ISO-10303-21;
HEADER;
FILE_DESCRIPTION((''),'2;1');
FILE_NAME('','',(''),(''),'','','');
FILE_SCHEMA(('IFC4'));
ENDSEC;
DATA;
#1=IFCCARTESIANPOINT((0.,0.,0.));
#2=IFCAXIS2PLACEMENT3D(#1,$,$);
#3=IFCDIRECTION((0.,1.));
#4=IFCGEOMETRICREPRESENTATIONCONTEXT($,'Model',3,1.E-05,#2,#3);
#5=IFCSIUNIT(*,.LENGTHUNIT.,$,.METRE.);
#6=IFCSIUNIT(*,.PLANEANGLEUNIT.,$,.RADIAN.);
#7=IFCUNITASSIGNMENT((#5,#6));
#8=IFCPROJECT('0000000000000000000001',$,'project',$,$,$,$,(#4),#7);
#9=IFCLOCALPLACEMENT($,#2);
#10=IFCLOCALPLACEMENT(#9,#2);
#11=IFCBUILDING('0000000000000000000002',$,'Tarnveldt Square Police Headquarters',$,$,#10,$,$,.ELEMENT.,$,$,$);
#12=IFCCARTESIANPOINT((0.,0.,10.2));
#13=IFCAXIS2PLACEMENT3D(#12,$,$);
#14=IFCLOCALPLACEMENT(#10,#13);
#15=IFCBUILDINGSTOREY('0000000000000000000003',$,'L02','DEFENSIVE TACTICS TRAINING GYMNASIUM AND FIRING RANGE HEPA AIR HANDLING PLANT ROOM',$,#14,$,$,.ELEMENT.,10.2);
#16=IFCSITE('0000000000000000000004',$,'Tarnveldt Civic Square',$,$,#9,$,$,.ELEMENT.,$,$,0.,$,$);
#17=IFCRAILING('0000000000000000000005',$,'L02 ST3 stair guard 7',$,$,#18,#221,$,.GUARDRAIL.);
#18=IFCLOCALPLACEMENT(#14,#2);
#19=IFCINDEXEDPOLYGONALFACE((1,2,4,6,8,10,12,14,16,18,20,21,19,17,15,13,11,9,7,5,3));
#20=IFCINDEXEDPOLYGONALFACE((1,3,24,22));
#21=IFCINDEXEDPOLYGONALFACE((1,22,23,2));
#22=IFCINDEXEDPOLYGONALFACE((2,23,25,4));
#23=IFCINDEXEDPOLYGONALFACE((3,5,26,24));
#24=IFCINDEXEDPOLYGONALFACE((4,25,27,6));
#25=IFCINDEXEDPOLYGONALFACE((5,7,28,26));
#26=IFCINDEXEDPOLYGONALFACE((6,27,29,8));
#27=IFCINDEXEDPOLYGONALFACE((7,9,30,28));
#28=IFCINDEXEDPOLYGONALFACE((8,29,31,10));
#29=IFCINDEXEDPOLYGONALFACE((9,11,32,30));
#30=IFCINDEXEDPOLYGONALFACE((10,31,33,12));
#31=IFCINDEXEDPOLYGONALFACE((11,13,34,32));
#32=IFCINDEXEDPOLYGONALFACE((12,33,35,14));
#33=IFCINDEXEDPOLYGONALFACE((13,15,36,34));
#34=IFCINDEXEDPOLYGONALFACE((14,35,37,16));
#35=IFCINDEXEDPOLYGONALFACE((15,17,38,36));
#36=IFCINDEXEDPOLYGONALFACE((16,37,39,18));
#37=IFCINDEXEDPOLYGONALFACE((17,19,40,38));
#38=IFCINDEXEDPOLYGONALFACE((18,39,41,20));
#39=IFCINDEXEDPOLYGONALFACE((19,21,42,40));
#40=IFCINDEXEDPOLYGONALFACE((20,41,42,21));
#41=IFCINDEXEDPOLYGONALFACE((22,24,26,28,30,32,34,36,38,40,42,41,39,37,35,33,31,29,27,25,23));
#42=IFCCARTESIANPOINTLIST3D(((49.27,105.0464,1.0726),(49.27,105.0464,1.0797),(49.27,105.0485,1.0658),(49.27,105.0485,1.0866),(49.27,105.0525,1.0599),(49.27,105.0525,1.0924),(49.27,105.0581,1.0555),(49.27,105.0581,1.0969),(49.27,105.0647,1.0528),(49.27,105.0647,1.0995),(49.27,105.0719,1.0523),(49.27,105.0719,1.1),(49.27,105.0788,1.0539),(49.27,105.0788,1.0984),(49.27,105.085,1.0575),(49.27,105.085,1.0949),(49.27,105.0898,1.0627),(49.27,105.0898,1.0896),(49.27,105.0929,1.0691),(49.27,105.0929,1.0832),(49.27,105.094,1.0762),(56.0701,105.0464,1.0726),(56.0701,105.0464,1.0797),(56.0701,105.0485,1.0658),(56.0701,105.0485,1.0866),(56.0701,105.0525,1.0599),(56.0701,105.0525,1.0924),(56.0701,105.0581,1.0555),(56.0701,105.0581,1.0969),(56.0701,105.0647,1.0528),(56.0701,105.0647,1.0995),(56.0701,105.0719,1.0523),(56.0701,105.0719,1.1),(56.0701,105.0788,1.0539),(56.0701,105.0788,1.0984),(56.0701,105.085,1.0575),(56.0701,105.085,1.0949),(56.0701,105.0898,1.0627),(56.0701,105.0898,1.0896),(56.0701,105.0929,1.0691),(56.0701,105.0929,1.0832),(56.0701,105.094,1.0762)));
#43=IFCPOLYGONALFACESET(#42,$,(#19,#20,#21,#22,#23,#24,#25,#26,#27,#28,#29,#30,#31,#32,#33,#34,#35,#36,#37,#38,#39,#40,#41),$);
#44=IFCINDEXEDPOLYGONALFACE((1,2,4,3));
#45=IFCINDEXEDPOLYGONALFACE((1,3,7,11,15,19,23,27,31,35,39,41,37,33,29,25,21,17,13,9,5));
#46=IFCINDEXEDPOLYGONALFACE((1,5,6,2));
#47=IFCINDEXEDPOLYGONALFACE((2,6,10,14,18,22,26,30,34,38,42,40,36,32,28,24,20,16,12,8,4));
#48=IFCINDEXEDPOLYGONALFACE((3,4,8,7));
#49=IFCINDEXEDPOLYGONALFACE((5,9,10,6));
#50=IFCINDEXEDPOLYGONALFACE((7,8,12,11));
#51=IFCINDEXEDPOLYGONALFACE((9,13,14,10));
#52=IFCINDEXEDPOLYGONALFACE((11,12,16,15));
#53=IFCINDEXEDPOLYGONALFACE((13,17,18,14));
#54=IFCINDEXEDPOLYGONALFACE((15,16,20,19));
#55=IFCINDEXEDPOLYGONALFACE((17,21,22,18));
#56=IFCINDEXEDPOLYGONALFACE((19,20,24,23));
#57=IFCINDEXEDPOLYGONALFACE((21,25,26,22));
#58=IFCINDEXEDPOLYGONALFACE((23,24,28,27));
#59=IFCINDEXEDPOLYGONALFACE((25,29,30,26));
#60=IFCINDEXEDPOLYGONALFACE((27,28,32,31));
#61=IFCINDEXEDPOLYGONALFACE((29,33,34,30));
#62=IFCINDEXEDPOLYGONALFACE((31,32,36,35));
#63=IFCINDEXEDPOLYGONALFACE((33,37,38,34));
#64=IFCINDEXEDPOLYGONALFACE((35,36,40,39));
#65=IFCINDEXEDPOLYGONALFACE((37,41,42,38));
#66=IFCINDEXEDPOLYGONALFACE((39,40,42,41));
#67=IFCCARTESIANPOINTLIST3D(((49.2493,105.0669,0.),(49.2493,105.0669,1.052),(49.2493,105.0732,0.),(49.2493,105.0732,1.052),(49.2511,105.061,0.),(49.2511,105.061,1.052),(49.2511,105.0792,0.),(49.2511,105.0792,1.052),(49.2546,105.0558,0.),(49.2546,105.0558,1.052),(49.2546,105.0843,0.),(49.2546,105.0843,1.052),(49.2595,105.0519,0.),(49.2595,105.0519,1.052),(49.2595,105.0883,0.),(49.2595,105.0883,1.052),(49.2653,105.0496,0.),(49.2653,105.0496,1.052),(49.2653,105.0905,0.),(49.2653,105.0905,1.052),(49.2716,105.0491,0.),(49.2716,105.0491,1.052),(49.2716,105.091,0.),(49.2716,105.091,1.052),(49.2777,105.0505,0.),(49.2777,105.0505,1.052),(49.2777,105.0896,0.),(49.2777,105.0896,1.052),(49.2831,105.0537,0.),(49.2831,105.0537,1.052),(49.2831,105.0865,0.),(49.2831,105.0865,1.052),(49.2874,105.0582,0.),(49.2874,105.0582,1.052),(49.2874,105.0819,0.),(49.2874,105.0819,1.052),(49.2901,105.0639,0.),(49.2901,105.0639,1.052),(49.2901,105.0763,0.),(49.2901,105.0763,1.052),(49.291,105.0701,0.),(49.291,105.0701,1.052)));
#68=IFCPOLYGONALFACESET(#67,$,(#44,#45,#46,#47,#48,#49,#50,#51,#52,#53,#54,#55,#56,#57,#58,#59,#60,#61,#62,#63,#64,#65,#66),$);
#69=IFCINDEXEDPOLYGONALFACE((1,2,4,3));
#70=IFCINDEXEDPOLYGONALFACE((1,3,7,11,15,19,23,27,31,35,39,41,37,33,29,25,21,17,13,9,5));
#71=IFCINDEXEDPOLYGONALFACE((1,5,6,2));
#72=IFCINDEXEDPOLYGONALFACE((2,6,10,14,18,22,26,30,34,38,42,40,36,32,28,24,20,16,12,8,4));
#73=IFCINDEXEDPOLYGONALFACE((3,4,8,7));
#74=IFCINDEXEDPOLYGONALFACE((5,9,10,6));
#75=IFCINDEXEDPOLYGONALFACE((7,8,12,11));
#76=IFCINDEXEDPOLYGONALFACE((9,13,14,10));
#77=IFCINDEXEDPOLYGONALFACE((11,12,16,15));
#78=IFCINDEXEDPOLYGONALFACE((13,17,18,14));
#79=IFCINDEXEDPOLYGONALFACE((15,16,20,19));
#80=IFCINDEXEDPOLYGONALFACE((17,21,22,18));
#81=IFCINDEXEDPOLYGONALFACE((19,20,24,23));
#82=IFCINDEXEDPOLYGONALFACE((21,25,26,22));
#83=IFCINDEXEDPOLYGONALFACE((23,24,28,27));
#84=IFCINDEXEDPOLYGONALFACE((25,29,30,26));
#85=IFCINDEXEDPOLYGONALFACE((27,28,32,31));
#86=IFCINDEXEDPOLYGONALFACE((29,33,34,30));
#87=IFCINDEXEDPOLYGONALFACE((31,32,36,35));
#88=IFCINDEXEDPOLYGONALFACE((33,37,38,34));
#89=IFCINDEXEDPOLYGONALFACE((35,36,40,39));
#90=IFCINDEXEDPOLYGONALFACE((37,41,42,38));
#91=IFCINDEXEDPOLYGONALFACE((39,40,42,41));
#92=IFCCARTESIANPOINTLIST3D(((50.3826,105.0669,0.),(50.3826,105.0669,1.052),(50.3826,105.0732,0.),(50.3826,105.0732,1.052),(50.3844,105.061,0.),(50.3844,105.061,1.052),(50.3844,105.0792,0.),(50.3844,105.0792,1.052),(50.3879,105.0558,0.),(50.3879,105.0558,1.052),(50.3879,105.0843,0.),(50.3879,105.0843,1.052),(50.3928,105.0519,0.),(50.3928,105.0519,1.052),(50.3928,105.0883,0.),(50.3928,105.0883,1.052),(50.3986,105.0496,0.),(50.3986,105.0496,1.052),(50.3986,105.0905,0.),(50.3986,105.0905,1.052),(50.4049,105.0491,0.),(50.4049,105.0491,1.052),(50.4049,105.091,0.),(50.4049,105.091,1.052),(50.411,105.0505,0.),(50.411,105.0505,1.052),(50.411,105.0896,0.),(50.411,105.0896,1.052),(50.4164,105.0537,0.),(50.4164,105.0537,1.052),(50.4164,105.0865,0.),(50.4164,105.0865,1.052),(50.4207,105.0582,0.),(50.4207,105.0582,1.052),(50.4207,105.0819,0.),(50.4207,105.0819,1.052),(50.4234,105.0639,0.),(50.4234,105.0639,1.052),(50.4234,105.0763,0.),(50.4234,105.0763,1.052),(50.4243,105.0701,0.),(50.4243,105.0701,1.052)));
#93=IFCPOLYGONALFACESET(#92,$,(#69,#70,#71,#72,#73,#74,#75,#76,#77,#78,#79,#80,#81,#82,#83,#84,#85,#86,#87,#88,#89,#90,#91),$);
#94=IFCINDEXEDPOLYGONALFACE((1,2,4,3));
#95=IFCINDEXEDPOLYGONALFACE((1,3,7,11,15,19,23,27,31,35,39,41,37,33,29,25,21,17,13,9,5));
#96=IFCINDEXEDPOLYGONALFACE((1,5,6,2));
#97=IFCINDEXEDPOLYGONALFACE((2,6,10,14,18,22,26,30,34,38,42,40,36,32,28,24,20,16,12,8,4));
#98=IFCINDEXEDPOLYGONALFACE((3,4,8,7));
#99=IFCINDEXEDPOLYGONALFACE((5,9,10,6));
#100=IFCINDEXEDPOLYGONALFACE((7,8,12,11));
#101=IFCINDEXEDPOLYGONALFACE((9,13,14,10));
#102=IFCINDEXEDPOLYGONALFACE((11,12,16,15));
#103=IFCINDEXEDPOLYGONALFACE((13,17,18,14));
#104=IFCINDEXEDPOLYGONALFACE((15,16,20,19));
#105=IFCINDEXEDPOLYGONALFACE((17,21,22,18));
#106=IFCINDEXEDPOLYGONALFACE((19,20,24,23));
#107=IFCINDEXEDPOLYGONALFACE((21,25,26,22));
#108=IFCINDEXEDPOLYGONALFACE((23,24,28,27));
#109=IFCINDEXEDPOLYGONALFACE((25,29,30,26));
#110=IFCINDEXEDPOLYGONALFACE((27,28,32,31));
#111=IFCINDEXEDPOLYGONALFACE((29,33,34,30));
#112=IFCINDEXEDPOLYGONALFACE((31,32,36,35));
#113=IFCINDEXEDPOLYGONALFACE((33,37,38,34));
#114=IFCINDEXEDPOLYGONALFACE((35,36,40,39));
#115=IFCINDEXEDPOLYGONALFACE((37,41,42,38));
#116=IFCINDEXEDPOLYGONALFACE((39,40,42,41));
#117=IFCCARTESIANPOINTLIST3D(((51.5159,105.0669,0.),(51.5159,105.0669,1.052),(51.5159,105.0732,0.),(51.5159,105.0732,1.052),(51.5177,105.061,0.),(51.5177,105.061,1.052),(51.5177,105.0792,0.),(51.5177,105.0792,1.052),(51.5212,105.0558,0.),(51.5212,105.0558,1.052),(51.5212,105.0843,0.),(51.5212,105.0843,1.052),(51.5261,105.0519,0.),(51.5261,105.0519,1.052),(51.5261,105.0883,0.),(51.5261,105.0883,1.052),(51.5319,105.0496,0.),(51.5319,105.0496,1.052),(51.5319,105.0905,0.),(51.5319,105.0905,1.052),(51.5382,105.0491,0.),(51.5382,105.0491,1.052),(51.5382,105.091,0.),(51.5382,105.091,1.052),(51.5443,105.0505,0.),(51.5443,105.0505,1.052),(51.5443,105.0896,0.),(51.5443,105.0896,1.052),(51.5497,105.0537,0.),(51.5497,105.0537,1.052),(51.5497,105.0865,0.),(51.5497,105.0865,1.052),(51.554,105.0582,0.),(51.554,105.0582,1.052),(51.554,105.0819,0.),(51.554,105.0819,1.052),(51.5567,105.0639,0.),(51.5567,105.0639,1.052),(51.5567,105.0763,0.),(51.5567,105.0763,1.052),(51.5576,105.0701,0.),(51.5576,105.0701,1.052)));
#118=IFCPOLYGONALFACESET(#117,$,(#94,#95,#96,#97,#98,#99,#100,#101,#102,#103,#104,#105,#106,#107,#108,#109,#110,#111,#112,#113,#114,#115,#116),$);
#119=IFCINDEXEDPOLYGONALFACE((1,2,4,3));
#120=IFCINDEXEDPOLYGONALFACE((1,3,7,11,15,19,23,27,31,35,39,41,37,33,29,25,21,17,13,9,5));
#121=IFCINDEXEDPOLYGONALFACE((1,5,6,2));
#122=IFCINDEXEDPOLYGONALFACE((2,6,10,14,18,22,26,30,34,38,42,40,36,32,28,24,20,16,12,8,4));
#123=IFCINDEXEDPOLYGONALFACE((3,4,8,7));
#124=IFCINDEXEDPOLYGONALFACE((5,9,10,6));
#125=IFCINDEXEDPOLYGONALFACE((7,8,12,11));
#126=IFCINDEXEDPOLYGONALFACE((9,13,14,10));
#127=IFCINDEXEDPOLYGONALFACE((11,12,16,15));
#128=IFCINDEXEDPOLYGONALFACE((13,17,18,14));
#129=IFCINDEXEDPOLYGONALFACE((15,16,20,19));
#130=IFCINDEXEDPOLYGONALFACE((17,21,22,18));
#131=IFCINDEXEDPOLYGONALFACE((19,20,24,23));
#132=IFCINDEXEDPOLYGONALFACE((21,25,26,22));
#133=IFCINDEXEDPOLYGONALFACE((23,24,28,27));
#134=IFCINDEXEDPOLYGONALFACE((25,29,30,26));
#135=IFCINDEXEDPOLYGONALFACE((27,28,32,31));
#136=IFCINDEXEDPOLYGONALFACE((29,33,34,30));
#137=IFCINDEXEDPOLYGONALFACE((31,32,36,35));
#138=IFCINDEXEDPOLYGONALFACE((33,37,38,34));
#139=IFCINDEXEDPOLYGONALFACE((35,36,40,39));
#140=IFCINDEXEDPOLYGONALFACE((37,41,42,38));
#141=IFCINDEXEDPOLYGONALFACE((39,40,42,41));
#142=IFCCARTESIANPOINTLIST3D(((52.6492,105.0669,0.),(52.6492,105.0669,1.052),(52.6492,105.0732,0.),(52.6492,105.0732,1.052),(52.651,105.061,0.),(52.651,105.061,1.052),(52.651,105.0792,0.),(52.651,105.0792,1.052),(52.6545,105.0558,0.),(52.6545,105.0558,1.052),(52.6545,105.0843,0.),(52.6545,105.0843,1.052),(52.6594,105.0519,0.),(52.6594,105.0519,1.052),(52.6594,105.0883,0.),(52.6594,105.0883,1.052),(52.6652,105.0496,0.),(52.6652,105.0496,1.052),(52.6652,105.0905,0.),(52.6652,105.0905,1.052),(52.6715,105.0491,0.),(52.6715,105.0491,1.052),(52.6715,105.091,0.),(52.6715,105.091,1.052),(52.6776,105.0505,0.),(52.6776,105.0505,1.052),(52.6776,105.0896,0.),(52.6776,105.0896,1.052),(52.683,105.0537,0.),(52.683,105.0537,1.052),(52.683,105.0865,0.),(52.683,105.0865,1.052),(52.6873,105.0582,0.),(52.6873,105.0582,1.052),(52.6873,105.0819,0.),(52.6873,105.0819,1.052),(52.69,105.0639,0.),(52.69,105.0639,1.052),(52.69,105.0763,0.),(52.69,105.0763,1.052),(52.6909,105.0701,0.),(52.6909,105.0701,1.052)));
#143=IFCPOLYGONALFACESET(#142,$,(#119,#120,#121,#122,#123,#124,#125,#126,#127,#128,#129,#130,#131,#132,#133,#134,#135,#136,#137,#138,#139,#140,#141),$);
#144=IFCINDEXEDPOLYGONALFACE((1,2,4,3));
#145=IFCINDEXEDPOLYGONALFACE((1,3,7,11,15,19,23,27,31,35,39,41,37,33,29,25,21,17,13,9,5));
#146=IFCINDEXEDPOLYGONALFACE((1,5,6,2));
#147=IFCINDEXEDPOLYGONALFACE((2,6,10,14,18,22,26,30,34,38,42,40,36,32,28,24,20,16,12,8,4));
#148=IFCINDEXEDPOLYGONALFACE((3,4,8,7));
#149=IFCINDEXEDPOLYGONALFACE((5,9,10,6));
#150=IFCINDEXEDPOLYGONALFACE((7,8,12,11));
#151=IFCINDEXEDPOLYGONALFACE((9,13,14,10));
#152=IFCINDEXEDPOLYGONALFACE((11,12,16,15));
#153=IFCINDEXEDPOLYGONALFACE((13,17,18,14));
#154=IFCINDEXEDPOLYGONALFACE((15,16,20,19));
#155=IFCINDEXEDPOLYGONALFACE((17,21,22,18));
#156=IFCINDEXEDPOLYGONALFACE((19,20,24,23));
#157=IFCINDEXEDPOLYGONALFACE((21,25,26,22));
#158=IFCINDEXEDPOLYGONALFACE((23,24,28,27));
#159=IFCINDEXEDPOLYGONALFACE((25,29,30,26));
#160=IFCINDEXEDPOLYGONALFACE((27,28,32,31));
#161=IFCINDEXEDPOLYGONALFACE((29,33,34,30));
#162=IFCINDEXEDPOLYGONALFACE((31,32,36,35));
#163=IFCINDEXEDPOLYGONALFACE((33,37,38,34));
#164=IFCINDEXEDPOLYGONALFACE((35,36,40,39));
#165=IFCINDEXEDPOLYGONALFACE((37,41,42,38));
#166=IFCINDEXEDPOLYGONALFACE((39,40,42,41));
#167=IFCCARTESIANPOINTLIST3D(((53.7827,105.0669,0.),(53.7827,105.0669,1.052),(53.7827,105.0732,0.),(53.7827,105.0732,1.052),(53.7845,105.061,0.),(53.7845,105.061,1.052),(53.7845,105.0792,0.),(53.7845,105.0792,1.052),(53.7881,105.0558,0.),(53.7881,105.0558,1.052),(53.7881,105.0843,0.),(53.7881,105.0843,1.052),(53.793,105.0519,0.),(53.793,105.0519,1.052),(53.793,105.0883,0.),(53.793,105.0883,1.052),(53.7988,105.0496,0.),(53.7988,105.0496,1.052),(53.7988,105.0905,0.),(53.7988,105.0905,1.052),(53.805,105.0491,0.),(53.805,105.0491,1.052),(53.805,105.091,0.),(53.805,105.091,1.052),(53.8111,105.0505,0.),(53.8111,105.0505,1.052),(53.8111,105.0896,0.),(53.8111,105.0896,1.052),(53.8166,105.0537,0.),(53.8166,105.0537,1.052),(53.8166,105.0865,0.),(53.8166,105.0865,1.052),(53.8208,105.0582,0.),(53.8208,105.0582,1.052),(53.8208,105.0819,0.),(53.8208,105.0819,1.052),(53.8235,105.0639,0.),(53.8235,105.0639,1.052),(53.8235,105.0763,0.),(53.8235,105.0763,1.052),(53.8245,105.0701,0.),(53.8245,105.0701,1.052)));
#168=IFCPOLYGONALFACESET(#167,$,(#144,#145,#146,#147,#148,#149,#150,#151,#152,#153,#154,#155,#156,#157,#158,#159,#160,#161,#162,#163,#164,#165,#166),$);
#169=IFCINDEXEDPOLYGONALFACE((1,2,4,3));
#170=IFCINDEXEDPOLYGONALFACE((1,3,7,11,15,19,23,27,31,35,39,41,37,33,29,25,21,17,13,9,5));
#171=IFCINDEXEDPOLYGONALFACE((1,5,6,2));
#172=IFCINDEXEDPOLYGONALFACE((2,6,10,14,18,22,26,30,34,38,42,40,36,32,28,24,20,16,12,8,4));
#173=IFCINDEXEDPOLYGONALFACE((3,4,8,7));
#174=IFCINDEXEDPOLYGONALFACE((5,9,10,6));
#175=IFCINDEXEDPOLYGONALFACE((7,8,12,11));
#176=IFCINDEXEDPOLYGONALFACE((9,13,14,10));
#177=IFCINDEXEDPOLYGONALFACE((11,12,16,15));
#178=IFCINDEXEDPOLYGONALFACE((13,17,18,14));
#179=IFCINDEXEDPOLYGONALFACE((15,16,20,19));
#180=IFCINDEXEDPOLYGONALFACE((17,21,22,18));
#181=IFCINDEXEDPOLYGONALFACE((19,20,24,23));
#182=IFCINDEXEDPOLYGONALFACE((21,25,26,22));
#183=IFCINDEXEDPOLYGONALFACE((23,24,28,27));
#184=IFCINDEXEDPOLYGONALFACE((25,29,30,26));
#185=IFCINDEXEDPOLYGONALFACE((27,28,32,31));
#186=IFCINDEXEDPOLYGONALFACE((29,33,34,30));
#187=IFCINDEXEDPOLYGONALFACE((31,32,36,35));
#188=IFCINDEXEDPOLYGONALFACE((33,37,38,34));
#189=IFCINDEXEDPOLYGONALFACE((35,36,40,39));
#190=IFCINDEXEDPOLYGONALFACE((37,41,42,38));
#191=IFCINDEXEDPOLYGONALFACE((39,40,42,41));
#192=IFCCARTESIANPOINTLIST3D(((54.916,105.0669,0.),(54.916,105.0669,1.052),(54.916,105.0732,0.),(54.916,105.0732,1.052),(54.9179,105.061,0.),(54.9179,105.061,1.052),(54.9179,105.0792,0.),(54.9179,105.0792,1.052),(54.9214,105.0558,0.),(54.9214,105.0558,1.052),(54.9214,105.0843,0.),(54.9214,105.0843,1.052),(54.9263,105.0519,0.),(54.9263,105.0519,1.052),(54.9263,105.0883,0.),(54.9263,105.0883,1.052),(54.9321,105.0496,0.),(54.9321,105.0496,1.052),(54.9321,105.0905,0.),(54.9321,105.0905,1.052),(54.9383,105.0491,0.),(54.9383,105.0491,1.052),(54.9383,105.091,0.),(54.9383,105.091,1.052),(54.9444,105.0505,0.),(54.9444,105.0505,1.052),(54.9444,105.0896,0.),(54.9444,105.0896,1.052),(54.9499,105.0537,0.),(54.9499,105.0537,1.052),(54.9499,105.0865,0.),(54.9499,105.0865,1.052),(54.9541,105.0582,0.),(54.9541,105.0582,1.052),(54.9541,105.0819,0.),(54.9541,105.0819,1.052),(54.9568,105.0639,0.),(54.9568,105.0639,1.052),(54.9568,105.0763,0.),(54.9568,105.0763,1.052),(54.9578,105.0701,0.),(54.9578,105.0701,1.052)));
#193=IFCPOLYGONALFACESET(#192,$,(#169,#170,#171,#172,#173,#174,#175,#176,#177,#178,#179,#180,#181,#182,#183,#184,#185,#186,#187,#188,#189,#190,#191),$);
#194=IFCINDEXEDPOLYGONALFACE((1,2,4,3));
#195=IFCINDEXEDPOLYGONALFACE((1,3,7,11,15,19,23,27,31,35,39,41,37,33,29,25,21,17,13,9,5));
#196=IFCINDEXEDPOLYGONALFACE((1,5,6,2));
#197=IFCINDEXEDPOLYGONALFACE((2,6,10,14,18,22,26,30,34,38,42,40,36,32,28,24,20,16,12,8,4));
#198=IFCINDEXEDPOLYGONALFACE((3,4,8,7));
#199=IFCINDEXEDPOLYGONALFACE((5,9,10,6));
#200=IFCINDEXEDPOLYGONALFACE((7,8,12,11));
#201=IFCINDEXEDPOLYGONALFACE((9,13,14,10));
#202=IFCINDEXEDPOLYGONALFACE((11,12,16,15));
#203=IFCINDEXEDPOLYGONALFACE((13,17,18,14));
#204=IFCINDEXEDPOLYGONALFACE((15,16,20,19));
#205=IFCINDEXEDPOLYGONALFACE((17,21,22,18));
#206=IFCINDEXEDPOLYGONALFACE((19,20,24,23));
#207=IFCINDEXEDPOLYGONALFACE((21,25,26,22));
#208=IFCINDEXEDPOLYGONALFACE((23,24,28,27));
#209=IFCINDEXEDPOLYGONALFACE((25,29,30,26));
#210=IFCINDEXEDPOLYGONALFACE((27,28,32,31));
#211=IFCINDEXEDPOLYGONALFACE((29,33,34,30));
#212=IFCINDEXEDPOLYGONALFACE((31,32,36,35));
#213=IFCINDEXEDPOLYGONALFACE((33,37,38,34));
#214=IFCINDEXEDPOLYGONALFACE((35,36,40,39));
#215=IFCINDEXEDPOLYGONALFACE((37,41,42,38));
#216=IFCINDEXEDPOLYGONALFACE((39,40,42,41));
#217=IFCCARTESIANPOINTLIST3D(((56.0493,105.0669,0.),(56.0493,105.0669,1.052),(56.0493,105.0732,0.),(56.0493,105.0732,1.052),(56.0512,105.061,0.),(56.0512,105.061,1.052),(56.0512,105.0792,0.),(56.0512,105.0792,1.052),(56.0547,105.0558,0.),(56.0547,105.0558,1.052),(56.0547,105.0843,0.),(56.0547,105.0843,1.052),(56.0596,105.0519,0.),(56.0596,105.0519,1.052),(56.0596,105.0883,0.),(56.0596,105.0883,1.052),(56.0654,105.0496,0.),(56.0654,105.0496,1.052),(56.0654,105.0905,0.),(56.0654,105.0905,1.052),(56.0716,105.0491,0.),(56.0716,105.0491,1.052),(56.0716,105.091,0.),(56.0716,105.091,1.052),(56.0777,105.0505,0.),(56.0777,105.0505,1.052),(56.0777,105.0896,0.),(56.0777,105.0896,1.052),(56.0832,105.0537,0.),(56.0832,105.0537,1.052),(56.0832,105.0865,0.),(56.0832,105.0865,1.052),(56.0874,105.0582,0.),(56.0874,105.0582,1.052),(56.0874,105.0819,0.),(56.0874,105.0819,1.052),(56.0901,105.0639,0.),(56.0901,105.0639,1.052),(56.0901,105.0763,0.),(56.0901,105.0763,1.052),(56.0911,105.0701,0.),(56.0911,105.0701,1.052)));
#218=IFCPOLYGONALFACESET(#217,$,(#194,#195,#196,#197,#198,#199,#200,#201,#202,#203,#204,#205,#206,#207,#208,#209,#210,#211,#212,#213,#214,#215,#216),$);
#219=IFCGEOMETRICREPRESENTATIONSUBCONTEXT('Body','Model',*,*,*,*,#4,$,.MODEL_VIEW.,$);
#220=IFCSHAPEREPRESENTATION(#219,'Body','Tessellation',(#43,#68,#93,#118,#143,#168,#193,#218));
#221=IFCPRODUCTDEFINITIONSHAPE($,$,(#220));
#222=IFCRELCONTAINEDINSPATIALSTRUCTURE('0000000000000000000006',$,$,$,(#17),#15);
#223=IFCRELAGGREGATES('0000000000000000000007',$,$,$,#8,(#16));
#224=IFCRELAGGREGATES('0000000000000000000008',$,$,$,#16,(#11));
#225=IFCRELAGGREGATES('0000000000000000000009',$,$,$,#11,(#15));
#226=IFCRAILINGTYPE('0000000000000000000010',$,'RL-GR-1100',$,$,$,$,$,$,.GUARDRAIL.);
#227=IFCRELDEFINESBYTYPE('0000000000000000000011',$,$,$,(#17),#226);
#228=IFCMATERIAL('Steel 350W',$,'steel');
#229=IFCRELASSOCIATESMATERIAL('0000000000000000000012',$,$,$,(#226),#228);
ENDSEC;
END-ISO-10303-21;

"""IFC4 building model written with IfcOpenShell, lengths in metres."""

from ifc_helpers import new_model, si_unit, direction, frame, origin, origin_2d, place, context, subcontext, project, spatial, circle, extrude, material, type_object, element, save


model = new_model("IFC4")

# Units and contexts
model_context = context("Model", 3, precision=1e-05, world=origin(), true_north=direction((0.0, 1.0)))
body_context = subcontext(model_context, "Body", "Model", "MODEL_VIEW")
ifc_project = project(units=[si_unit("LENGTHUNIT", "METRE"), si_unit("PLANEANGLEUNIT", "RADIAN")], contexts=[model_context])

# Site, building, storey
site_placement = place(None, origin())
site = spatial("IfcSite", under=ifc_project, at=site_placement, Name="Tarnveldt Civic Square", CompositionType="ELEMENT", RefElevation=0.0)
building_placement = place(site_placement, origin())
building = spatial("IfcBuilding", under=site, at=building_placement, Name="Tarnveldt Square Police Headquarters", CompositionType="ELEMENT")
storey_placement = place(building_placement, frame((0.0, 0.0, 10.2)))
storey = spatial("IfcBuildingStorey", under=building, at=storey_placement, Name="L02", Description="DEFENSIVE TACTICS TRAINING GYMNASIUM AND FIRING RANGE HEPA AIR HANDLING PLANT ROOM", CompositionType="ELEMENT", Elevation=10.2)

# Shared definitions
ifc_material_1 = material(Name="Steel 350W", Category="steel")

# Railing
railing_type_1 = type_object("IfcRailingType", Name="RL-GR-1100", PredefinedType="GUARDRAIL", material=ifc_material_1)
railing_1_placement = place(storey_placement, frame((49.27, 105.0701, 0.0)))
element("IfcRailing", 1, at=railing_1_placement, inside=storey, type_object=railing_type_1, Name="L02 ST3 stair guard 7", PredefinedType="GUARDRAIL", context=body_context, shape_type="SweptSolid", body=[
    extrude(circle(Radius=0.0239, at=origin_2d()), frame((0.0, 0.0, 1.0762), z_axis=(1.0, 0.0, 0.0), x_axis=(0.0, 1.0, 0.0)), (0.0, 0.0, 1.0), 6.8),
    extrude(circle(Radius=0.021, at=origin_2d()), origin(), (0.0, 0.0, 1.0), 1.052),
    extrude(circle(Radius=0.021, at=origin_2d()), frame((1.1333, 0.0, 0.0)), (0.0, 0.0, 1.0), 1.052),
    extrude(circle(Radius=0.021, at=origin_2d()), frame((2.2666, 0.0, 0.0)), (0.0, 0.0, 1.0), 1.052),
    extrude(circle(Radius=0.021, at=origin_2d()), frame((3.3999, 0.0, 0.0)), (0.0, 0.0, 1.0), 1.052),
    extrude(circle(Radius=0.021, at=origin_2d()), frame((4.5334, 0.0, 0.0)), (0.0, 0.0, 1.0), 1.052),
    extrude(circle(Radius=0.021, at=origin_2d()), frame((5.6667, 0.0, 0.0)), (0.0, 0.0, 1.0), 1.052),
    extrude(circle(Radius=0.021, at=origin_2d()), frame((6.8, 0.0, 0.0)), (0.0, 0.0, 1.0), 1.052),
])

save(model, "model.ifc")
